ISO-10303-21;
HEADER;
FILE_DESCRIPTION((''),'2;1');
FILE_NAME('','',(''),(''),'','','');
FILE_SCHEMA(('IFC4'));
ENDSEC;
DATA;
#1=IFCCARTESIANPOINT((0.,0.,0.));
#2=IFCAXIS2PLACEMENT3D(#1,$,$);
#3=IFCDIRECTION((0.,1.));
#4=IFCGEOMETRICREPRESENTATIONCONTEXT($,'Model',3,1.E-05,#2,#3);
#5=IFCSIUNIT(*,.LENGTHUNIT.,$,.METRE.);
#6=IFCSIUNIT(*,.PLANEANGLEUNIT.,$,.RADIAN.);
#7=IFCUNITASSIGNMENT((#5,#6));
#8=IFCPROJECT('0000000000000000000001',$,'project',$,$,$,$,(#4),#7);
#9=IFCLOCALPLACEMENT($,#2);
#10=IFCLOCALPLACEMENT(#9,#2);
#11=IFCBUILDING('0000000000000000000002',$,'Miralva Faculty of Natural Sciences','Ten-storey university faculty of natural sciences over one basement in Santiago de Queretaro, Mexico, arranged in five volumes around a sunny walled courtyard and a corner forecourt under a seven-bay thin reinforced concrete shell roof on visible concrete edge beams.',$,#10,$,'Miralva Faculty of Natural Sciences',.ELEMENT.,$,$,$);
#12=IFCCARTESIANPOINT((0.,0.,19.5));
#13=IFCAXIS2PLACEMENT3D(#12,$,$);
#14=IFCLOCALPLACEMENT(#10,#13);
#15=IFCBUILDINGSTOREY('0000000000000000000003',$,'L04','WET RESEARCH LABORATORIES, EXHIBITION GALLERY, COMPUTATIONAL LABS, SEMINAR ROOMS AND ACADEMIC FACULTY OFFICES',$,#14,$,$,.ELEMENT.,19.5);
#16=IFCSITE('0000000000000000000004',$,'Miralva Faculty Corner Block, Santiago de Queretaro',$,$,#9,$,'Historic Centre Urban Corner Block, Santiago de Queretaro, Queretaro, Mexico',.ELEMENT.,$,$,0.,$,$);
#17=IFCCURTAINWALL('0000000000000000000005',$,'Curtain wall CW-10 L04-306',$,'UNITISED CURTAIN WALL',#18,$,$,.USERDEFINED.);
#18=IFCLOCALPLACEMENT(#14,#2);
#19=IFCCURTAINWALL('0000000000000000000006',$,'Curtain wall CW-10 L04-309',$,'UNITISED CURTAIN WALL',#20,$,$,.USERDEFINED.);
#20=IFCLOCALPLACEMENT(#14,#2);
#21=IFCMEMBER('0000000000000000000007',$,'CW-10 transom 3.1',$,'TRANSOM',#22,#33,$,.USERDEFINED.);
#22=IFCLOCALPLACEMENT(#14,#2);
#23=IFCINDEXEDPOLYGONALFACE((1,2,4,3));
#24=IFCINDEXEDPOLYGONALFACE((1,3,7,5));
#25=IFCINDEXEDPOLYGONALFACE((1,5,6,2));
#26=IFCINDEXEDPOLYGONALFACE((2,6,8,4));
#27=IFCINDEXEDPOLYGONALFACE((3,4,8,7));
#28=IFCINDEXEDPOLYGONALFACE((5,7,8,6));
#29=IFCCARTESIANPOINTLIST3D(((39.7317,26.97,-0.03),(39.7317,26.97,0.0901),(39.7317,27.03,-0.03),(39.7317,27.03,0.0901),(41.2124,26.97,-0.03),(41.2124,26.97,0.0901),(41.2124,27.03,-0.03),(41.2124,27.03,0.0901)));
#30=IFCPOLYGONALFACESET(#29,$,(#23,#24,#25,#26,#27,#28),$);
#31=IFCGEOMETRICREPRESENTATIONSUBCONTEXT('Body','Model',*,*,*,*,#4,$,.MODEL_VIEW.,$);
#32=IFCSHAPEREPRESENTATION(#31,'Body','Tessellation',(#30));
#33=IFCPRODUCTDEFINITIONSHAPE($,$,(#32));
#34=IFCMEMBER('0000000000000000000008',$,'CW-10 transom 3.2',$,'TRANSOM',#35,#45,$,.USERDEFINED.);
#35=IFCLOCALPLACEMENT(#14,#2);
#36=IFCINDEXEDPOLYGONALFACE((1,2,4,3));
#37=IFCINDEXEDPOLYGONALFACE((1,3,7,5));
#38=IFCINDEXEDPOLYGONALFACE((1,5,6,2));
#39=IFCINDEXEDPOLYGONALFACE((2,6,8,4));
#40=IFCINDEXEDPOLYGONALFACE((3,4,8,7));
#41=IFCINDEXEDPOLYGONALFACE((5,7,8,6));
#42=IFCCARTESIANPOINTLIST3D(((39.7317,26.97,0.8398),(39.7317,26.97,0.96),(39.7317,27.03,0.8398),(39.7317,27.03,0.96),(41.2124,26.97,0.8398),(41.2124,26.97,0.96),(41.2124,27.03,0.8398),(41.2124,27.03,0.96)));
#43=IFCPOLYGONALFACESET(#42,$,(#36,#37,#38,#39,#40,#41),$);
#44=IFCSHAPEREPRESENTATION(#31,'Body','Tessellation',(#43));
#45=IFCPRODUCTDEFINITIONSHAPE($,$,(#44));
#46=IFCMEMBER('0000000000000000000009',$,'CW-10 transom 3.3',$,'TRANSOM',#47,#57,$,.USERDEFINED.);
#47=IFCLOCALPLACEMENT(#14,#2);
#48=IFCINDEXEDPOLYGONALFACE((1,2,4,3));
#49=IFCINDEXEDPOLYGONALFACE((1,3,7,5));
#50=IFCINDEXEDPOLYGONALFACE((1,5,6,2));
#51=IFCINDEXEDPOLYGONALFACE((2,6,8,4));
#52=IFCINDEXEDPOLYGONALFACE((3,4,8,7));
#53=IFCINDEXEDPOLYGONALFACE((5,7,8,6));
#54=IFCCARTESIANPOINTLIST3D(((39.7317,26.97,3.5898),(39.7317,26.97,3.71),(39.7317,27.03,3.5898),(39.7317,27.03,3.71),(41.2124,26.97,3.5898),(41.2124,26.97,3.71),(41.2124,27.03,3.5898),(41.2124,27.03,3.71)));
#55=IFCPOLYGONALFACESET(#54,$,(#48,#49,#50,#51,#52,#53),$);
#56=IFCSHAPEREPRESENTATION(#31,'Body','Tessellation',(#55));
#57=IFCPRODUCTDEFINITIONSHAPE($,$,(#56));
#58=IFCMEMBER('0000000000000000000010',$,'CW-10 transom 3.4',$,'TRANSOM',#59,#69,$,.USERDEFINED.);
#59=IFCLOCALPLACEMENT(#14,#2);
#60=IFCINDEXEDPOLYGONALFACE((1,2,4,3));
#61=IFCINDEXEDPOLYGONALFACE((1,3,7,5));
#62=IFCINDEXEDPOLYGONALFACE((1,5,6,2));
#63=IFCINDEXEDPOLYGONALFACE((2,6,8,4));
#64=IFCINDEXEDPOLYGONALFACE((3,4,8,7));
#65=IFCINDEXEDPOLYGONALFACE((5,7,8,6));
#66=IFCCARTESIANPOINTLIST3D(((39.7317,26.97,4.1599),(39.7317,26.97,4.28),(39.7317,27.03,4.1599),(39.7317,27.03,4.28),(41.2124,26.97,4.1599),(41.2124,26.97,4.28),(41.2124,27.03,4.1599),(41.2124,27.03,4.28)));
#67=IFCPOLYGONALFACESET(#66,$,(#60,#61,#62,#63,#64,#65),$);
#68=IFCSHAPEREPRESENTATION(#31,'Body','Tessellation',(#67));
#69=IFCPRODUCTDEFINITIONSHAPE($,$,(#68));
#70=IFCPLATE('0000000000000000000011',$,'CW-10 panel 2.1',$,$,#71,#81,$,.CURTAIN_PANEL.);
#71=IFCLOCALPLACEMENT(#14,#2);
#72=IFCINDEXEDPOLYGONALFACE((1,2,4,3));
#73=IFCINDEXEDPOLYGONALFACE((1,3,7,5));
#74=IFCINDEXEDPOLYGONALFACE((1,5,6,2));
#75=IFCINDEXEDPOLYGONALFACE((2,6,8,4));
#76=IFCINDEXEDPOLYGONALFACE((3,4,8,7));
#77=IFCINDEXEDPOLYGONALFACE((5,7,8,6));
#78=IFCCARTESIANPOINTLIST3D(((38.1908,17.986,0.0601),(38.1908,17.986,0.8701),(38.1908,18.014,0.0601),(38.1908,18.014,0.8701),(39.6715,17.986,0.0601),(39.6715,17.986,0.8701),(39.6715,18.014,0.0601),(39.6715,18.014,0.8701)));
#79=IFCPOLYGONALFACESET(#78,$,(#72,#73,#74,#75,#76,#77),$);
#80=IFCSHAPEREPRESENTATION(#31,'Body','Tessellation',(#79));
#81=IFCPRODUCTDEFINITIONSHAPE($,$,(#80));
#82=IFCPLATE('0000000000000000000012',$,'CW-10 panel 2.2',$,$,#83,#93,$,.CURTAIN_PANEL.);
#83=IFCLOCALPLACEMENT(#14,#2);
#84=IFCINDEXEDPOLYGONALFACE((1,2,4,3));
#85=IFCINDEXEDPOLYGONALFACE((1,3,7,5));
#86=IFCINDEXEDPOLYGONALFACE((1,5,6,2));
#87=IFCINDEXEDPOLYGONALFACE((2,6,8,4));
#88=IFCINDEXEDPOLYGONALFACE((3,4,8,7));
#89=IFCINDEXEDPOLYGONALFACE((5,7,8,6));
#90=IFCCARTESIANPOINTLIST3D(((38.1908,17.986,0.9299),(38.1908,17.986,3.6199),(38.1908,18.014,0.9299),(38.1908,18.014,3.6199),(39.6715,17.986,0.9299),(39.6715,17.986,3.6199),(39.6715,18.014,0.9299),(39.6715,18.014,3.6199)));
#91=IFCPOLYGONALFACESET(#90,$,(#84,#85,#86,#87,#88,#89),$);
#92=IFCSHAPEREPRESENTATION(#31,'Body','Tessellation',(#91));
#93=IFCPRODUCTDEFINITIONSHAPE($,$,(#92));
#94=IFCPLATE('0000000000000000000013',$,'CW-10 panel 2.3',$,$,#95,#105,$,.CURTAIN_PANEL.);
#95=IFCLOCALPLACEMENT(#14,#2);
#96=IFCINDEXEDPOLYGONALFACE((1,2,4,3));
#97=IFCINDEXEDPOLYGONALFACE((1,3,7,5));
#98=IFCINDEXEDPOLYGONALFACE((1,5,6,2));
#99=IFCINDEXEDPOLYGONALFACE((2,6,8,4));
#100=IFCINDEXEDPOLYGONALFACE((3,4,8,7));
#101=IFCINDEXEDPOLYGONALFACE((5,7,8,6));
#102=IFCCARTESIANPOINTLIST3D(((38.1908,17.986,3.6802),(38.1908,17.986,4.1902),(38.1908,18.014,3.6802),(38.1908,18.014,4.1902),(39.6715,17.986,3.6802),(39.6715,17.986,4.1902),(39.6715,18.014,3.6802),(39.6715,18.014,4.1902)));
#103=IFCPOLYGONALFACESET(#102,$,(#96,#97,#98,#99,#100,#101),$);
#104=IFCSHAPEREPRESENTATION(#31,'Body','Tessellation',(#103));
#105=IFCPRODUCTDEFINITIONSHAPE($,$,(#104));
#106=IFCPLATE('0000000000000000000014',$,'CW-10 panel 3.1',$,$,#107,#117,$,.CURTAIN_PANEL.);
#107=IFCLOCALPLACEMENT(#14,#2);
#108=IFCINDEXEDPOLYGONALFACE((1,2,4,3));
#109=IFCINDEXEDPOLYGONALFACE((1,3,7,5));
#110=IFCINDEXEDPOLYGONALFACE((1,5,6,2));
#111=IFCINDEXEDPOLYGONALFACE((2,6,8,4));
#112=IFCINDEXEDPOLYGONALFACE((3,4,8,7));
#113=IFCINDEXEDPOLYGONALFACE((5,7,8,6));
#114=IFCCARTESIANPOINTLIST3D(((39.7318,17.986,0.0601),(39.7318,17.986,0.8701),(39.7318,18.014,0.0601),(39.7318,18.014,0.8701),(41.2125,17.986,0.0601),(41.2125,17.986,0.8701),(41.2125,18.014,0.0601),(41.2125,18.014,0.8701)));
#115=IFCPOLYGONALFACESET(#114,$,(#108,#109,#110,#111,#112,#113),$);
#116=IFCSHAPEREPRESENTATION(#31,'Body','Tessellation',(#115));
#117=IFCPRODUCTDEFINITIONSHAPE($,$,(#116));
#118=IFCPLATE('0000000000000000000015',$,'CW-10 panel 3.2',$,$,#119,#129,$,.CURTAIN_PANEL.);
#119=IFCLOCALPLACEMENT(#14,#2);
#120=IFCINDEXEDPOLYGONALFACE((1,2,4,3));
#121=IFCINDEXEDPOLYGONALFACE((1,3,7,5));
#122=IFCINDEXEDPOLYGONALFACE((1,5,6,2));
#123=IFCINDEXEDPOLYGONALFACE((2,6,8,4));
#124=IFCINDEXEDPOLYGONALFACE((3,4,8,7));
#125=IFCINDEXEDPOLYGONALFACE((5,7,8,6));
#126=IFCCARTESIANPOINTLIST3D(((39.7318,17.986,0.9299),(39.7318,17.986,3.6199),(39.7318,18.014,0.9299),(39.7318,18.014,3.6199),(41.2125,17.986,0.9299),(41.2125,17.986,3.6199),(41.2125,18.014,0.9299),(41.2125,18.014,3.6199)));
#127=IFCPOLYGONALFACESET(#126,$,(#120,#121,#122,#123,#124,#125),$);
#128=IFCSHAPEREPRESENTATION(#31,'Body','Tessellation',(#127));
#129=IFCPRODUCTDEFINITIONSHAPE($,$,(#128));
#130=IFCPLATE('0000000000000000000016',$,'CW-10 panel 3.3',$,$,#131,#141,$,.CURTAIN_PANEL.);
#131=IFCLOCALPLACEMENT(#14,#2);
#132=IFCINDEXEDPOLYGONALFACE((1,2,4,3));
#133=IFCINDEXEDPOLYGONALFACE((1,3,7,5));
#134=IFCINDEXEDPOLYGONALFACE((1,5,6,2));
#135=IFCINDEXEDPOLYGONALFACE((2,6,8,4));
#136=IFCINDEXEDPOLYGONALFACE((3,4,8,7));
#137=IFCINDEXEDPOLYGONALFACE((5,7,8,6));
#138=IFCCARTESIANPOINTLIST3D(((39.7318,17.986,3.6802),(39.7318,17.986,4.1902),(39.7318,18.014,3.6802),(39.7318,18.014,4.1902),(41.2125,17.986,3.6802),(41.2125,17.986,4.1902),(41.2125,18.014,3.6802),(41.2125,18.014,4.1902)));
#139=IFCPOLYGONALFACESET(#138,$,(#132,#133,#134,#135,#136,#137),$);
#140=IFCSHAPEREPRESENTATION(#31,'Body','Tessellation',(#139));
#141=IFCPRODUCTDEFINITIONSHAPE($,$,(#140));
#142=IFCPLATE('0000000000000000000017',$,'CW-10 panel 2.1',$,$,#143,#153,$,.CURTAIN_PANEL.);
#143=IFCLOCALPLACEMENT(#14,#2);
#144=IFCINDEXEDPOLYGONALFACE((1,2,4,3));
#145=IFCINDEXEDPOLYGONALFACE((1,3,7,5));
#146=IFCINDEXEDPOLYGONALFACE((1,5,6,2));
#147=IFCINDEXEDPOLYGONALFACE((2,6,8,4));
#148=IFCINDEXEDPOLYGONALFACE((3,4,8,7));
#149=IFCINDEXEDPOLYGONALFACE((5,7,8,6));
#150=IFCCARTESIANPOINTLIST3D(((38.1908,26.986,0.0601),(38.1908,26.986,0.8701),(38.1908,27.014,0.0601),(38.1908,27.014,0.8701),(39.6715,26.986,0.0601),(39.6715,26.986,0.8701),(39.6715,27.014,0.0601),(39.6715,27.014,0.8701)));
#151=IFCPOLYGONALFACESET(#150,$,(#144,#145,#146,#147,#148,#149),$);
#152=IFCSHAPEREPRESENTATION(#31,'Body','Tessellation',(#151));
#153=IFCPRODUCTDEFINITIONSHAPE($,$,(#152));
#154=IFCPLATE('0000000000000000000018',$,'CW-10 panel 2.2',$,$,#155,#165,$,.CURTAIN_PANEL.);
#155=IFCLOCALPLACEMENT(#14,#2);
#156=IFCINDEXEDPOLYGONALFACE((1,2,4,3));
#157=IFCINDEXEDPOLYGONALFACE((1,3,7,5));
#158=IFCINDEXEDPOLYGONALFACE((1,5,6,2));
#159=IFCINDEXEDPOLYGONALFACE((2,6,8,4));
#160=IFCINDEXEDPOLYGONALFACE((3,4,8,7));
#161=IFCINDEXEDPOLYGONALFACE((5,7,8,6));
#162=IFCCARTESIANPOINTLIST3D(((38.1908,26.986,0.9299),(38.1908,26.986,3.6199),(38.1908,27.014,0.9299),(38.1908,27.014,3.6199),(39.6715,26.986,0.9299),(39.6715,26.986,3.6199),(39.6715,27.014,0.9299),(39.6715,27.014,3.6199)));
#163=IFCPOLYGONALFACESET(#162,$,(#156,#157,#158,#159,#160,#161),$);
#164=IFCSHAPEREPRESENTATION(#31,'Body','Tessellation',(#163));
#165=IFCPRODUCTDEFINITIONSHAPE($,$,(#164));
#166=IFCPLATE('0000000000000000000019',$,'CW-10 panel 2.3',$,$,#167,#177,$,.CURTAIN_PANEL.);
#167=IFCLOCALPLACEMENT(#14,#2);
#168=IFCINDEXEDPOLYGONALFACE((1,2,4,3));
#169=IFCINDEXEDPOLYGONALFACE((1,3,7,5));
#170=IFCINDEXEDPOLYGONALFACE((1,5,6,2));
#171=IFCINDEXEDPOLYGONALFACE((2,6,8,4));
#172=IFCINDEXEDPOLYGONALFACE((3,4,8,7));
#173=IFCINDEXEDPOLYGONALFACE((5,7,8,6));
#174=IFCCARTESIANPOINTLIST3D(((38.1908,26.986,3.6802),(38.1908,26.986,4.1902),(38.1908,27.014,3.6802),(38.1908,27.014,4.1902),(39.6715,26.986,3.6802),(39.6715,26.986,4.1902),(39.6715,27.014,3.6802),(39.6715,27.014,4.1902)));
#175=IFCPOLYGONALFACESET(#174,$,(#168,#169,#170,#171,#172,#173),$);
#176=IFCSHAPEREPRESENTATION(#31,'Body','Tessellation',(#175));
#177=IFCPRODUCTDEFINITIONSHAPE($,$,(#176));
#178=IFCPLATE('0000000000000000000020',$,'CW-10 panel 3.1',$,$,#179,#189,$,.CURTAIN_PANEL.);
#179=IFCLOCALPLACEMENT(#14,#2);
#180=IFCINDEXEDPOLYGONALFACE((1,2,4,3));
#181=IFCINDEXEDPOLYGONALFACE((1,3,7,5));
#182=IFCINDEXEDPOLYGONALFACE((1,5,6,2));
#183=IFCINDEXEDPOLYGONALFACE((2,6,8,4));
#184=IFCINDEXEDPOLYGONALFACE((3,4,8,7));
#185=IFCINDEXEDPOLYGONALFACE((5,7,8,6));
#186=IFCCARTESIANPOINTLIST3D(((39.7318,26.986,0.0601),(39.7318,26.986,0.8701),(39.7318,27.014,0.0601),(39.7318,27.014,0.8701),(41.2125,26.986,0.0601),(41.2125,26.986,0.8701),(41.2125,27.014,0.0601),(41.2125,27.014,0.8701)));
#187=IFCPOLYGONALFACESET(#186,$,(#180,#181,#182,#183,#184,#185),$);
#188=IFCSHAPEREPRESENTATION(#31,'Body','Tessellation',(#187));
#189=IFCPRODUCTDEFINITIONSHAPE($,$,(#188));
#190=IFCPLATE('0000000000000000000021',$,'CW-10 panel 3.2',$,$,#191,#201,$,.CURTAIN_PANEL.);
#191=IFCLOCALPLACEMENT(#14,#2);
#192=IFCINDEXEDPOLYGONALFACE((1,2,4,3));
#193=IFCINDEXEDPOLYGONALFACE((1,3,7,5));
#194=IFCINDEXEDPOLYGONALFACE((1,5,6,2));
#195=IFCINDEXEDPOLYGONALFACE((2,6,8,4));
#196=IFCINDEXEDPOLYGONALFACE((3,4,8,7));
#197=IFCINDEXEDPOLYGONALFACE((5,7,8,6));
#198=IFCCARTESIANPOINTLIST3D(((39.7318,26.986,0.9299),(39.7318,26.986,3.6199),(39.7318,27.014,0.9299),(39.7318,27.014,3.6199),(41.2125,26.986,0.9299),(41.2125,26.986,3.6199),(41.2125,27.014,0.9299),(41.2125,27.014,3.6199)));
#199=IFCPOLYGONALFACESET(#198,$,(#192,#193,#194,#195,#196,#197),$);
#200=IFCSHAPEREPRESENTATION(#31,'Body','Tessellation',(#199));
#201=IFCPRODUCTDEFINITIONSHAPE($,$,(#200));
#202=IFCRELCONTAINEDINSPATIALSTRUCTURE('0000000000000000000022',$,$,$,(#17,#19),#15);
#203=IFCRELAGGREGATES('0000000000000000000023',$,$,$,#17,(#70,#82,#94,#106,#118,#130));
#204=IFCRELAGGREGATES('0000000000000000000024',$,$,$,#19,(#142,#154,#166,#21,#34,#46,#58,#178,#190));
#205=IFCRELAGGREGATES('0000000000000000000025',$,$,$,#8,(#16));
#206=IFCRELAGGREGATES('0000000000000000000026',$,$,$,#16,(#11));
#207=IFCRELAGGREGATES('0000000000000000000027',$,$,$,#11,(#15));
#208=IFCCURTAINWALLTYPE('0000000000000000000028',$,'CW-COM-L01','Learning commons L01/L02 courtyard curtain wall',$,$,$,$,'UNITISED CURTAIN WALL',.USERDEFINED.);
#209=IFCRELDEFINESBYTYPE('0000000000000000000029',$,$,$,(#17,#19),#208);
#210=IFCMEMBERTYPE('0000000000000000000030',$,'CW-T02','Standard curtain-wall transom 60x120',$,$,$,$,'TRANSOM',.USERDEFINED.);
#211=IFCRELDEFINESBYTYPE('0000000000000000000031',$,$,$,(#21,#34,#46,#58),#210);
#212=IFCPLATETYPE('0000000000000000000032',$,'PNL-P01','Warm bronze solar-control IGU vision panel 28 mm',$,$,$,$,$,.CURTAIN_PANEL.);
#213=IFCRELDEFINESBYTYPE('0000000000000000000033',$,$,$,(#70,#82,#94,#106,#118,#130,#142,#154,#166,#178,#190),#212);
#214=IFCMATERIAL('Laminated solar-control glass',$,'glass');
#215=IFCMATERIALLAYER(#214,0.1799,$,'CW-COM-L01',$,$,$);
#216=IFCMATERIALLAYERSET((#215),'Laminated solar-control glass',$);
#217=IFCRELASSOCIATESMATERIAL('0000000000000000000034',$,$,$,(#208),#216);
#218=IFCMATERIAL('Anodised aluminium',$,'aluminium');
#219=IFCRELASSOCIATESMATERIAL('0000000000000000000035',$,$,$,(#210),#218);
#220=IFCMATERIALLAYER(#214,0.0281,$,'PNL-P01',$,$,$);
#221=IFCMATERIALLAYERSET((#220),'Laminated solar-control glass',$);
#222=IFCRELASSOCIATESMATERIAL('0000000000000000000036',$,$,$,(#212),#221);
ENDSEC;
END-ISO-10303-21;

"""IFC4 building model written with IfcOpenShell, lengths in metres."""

from ifc_helpers import new_model, si_unit, direction, frame, origin, origin_2d, place, context, subcontext, project, spatial, rectangle, extrude, material, layer, layer_set, material_profile, profile_set, type_object, element, aggregate, save


model = new_model("IFC4")

# Units and contexts
model_context = context("Model", 3, precision=1e-05, world=origin(), true_north=direction((0.0, 1.0)))
body_context = subcontext(model_context, "Body", "Model", "MODEL_VIEW")
ifc_project = project(units=[si_unit("LENGTHUNIT", "METRE"), si_unit("PLANEANGLEUNIT", "RADIAN")], contexts=[model_context])

# Site, building, storey
site_placement = place(None, origin())
site = spatial("IfcSite", under=ifc_project, at=site_placement, Name="Miralva Faculty Corner Block, Santiago de Queretaro", LongName="Historic Centre Urban Corner Block, Santiago de Queretaro, Queretaro, Mexico", CompositionType="ELEMENT", RefElevation=0.0)
building_placement = place(site_placement, origin())
building = spatial("IfcBuilding", under=site, at=building_placement, Name="Miralva Faculty of Natural Sciences", Description="Ten-storey university faculty of natural sciences over one basement in Santiago de Queretaro, Mexico, arranged in five volumes around a sunny walled courtyard and a corner forecourt under a seven-bay thin reinforced concrete shell roof on visible concrete edge beams.", LongName="Miralva Faculty of Natural Sciences", CompositionType="ELEMENT")
storey_placement = place(building_placement, frame((0.0, 0.0, 19.5)))
storey = spatial("IfcBuildingStorey", under=building, at=storey_placement, Name="L04", Description="WET RESEARCH LABORATORIES, EXHIBITION GALLERY, COMPUTATIONAL LABS, SEMINAR ROOMS AND ACADEMIC FACULTY OFFICES", CompositionType="ELEMENT", Elevation=19.5)

# Curtain wall
ifc_material_1 = material(Name="Laminated solar-control glass", Category="glass")
ifc_layer_1 = layer(ifc_material_1, 0.1799, Name="CW-COM-L01")
ifc_layer_set_1 = layer_set([ifc_layer_1], Name="Laminated solar-control glass")
curtain_wall_type = type_object("IfcCurtainWallType", Name="CW-COM-L01", Description="Learning commons L01/L02 courtyard curtain wall", ElementType="UNITISED CURTAIN WALL", PredefinedType="USERDEFINED", material=ifc_layer_set_1)
curtain_wall_1_placement = place(storey_placement, origin())
curtain_wall_1 = element("IfcCurtainWall", 1, at=curtain_wall_1_placement, inside=storey, type_object=curtain_wall_type, Name="Curtain wall CW-10 L04-306", ObjectType="UNITISED CURTAIN WALL", PredefinedType="USERDEFINED")
ifc_material_2 = material(Name="Anodised aluminium", Category="aluminium")

# Curtain wall
curtain_wall_2_placement = place(storey_placement, origin())
curtain_wall_2 = element("IfcCurtainWall", 2, at=curtain_wall_2_placement, inside=storey, type_object=curtain_wall_type, Name="Curtain wall CW-10 L04-309", ObjectType="UNITISED CURTAIN WALL", PredefinedType="USERDEFINED")

# Members
ifc_material_profile_1 = material_profile(ifc_material_2, rectangle(XDim=0.0601, YDim=0.1201, at=origin_2d()), Name="TRANSOM 60x120")
ifc_profile_set_1 = profile_set([ifc_material_profile_1], Name="Anodised aluminium")
member_type_1 = type_object("IfcMemberType", Name="CW-T02", Description="Standard curtain-wall transom 60x120", ElementType="TRANSOM", PredefinedType="USERDEFINED", material=ifc_profile_set_1)
member_1_placement = place(storey_placement, frame((39.7317, 27.0, 0.03), z_axis=(1.0, 0.0, 0.0), x_axis=(0.0, 1.0, 0.0)))
member_1 = element("IfcMember", 3, at=member_1_placement, type_object=member_type_1, Name="CW-10 transom 3.1", ObjectType="TRANSOM", PredefinedType="USERDEFINED", context=body_context, shape_type="SweptSolid", body=[
    extrude(rectangle(XDim=0.0601, YDim=0.1201, at=origin_2d()), origin(), (0.0, 0.0, 1.0), 1.4807),
])
member_2_placement = place(storey_placement, frame((39.7317, 27.0, 0.8999), z_axis=(1.0, 0.0, 0.0), x_axis=(0.0, 1.0, 0.0)))
member_2 = element("IfcMember", 4, at=member_2_placement, type_object=member_type_1, Name="CW-10 transom 3.2", ObjectType="TRANSOM", PredefinedType="USERDEFINED", context=body_context, shape_type="SweptSolid", body=[
    extrude(rectangle(XDim=0.0601, YDim=0.1201, at=origin_2d()), origin(), (0.0, 0.0, 1.0), 1.4807),
])
member_3_placement = place(storey_placement, frame((39.7317, 27.0, 3.6499), z_axis=(1.0, 0.0, 0.0), x_axis=(0.0, 1.0, 0.0)))
member_3 = element("IfcMember", 5, at=member_3_placement, type_object=member_type_1, Name="CW-10 transom 3.3", ObjectType="TRANSOM", PredefinedType="USERDEFINED", context=body_context, shape_type="SweptSolid", body=[
    extrude(rectangle(XDim=0.0601, YDim=0.1201, at=origin_2d()), origin(), (0.0, 0.0, 1.0), 1.4807),
])
member_4_placement = place(storey_placement, frame((39.7317, 27.0, 4.22), z_axis=(1.0, 0.0, 0.0), x_axis=(0.0, 1.0, 0.0)))
member_4 = element("IfcMember", 6, at=member_4_placement, type_object=member_type_1, Name="CW-10 transom 3.4", ObjectType="TRANSOM", PredefinedType="USERDEFINED", context=body_context, shape_type="SweptSolid", body=[
    extrude(rectangle(XDim=0.0601, YDim=0.1201, at=origin_2d()), origin(), (0.0, 0.0, 1.0), 1.4807),
])

# Plates
ifc_layer_2 = layer(ifc_material_1, 0.0281, Name="PNL-P01")
ifc_layer_set_2 = layer_set([ifc_layer_2], Name="Laminated solar-control glass")
plate_type = type_object("IfcPlateType", Name="PNL-P01", Description="Warm bronze solar-control IGU vision panel 28 mm", PredefinedType="CURTAIN_PANEL", material=ifc_layer_set_2)
plate_1_placement = place(storey_placement, frame((38.9312, 18.0, 0.0601), z_axis=(0.0, 0.0, 1.0), x_axis=(1.0, 0.0, 0.0)))
plate_1 = element("IfcPlate", 7, at=plate_1_placement, type_object=plate_type, Name="CW-10 panel 2.1", PredefinedType="CURTAIN_PANEL", context=body_context, shape_type="SweptSolid", body=[
    extrude(rectangle(XDim=1.4807, YDim=0.0281, at=origin_2d()), origin(), (0.0, 0.0, 1.0), 0.8101),
])
plate_2_placement = place(storey_placement, frame((38.9312, 18.0, 0.9299), z_axis=(0.0, 0.0, 1.0), x_axis=(1.0, 0.0, 0.0)))
plate_2 = element("IfcPlate", 8, at=plate_2_placement, type_object=plate_type, Name="CW-10 panel 2.2", PredefinedType="CURTAIN_PANEL", context=body_context, shape_type="SweptSolid", body=[
    extrude(rectangle(XDim=1.4807, YDim=0.0281, at=origin_2d()), origin(), (0.0, 0.0, 1.0), 2.6899),
])
plate_3_placement = place(storey_placement, frame((38.9312, 18.0, 3.6802), z_axis=(0.0, 0.0, 1.0), x_axis=(1.0, 0.0, 0.0)))
plate_3 = element("IfcPlate", 9, at=plate_3_placement, type_object=plate_type, Name="CW-10 panel 2.3", PredefinedType="CURTAIN_PANEL", context=body_context, shape_type="SweptSolid", body=[
    extrude(rectangle(XDim=1.4807, YDim=0.0281, at=origin_2d()), origin(), (0.0, 0.0, 1.0), 0.51),
])
plate_4_placement = place(storey_placement, frame((40.4722, 18.0, 0.0601), z_axis=(0.0, 0.0, 1.0), x_axis=(1.0, 0.0, 0.0)))
plate_4 = element("IfcPlate", 10, at=plate_4_placement, type_object=plate_type, Name="CW-10 panel 3.1", PredefinedType="CURTAIN_PANEL", context=body_context, shape_type="SweptSolid", body=[
    extrude(rectangle(XDim=1.4807, YDim=0.0281, at=origin_2d()), origin(), (0.0, 0.0, 1.0), 0.8101),
])
plate_5_placement = place(storey_placement, frame((40.4722, 18.0, 0.9299), z_axis=(0.0, 0.0, 1.0), x_axis=(1.0, 0.0, 0.0)))
plate_5 = element("IfcPlate", 11, at=plate_5_placement, type_object=plate_type, Name="CW-10 panel 3.2", PredefinedType="CURTAIN_PANEL", context=body_context, shape_type="SweptSolid", body=[
    extrude(rectangle(XDim=1.4807, YDim=0.0281, at=origin_2d()), origin(), (0.0, 0.0, 1.0), 2.6899),
])
plate_6_placement = place(storey_placement, frame((40.4722, 18.0, 3.6802), z_axis=(0.0, 0.0, 1.0), x_axis=(1.0, 0.0, 0.0)))
plate_6 = element("IfcPlate", 12, at=plate_6_placement, type_object=plate_type, Name="CW-10 panel 3.3", PredefinedType="CURTAIN_PANEL", context=body_context, shape_type="SweptSolid", body=[
    extrude(rectangle(XDim=1.4807, YDim=0.0281, at=origin_2d()), origin(), (0.0, 0.0, 1.0), 0.51),
])
aggregate(curtain_wall_1, [plate_1, plate_2, plate_3, plate_4, plate_5, plate_6])
plate_7_placement = place(storey_placement, frame((38.9312, 27.0, 0.0601), z_axis=(0.0, 0.0, 1.0), x_axis=(1.0, 0.0, 0.0)))
plate_7 = element("IfcPlate", 13, at=plate_7_placement, type_object=plate_type, Name="CW-10 panel 2.1", PredefinedType="CURTAIN_PANEL", context=body_context, shape_type="SweptSolid", body=[
    extrude(rectangle(XDim=1.4807, YDim=0.0281, at=origin_2d()), origin(), (0.0, 0.0, 1.0), 0.8101),
])
plate_8_placement = place(storey_placement, frame((38.9312, 27.0, 0.9299), z_axis=(0.0, 0.0, 1.0), x_axis=(1.0, 0.0, 0.0)))
plate_8 = element("IfcPlate", 14, at=plate_8_placement, type_object=plate_type, Name="CW-10 panel 2.2", PredefinedType="CURTAIN_PANEL", context=body_context, shape_type="SweptSolid", body=[
    extrude(rectangle(XDim=1.4807, YDim=0.0281, at=origin_2d()), origin(), (0.0, 0.0, 1.0), 2.6899),
])
plate_9_placement = place(storey_placement, frame((38.9312, 27.0, 3.6802), z_axis=(0.0, 0.0, 1.0), x_axis=(1.0, 0.0, 0.0)))
plate_9 = element("IfcPlate", 15, at=plate_9_placement, type_object=plate_type, Name="CW-10 panel 2.3", PredefinedType="CURTAIN_PANEL", context=body_context, shape_type="SweptSolid", body=[
    extrude(rectangle(XDim=1.4807, YDim=0.0281, at=origin_2d()), origin(), (0.0, 0.0, 1.0), 0.51),
])
plate_10_placement = place(storey_placement, frame((40.4722, 27.0, 0.0601), z_axis=(0.0, 0.0, 1.0), x_axis=(1.0, 0.0, 0.0)))
plate_10 = element("IfcPlate", 16, at=plate_10_placement, type_object=plate_type, Name="CW-10 panel 3.1", PredefinedType="CURTAIN_PANEL", context=body_context, shape_type="SweptSolid", body=[
    extrude(rectangle(XDim=1.4807, YDim=0.0281, at=origin_2d()), origin(), (0.0, 0.0, 1.0), 0.8101),
])
plate_11_placement = place(storey_placement, frame((40.4722, 27.0, 0.9299), z_axis=(0.0, 0.0, 1.0), x_axis=(1.0, 0.0, 0.0)))
plate_11 = element("IfcPlate", 17, at=plate_11_placement, type_object=plate_type, Name="CW-10 panel 3.2", PredefinedType="CURTAIN_PANEL", context=body_context, shape_type="SweptSolid", body=[
    extrude(rectangle(XDim=1.4807, YDim=0.0281, at=origin_2d()), origin(), (0.0, 0.0, 1.0), 2.6899),
])
aggregate(curtain_wall_2, [plate_7, plate_8, plate_9, member_1, member_2, member_3, member_4, plate_10, plate_11])

save(model, "model.ifc")
